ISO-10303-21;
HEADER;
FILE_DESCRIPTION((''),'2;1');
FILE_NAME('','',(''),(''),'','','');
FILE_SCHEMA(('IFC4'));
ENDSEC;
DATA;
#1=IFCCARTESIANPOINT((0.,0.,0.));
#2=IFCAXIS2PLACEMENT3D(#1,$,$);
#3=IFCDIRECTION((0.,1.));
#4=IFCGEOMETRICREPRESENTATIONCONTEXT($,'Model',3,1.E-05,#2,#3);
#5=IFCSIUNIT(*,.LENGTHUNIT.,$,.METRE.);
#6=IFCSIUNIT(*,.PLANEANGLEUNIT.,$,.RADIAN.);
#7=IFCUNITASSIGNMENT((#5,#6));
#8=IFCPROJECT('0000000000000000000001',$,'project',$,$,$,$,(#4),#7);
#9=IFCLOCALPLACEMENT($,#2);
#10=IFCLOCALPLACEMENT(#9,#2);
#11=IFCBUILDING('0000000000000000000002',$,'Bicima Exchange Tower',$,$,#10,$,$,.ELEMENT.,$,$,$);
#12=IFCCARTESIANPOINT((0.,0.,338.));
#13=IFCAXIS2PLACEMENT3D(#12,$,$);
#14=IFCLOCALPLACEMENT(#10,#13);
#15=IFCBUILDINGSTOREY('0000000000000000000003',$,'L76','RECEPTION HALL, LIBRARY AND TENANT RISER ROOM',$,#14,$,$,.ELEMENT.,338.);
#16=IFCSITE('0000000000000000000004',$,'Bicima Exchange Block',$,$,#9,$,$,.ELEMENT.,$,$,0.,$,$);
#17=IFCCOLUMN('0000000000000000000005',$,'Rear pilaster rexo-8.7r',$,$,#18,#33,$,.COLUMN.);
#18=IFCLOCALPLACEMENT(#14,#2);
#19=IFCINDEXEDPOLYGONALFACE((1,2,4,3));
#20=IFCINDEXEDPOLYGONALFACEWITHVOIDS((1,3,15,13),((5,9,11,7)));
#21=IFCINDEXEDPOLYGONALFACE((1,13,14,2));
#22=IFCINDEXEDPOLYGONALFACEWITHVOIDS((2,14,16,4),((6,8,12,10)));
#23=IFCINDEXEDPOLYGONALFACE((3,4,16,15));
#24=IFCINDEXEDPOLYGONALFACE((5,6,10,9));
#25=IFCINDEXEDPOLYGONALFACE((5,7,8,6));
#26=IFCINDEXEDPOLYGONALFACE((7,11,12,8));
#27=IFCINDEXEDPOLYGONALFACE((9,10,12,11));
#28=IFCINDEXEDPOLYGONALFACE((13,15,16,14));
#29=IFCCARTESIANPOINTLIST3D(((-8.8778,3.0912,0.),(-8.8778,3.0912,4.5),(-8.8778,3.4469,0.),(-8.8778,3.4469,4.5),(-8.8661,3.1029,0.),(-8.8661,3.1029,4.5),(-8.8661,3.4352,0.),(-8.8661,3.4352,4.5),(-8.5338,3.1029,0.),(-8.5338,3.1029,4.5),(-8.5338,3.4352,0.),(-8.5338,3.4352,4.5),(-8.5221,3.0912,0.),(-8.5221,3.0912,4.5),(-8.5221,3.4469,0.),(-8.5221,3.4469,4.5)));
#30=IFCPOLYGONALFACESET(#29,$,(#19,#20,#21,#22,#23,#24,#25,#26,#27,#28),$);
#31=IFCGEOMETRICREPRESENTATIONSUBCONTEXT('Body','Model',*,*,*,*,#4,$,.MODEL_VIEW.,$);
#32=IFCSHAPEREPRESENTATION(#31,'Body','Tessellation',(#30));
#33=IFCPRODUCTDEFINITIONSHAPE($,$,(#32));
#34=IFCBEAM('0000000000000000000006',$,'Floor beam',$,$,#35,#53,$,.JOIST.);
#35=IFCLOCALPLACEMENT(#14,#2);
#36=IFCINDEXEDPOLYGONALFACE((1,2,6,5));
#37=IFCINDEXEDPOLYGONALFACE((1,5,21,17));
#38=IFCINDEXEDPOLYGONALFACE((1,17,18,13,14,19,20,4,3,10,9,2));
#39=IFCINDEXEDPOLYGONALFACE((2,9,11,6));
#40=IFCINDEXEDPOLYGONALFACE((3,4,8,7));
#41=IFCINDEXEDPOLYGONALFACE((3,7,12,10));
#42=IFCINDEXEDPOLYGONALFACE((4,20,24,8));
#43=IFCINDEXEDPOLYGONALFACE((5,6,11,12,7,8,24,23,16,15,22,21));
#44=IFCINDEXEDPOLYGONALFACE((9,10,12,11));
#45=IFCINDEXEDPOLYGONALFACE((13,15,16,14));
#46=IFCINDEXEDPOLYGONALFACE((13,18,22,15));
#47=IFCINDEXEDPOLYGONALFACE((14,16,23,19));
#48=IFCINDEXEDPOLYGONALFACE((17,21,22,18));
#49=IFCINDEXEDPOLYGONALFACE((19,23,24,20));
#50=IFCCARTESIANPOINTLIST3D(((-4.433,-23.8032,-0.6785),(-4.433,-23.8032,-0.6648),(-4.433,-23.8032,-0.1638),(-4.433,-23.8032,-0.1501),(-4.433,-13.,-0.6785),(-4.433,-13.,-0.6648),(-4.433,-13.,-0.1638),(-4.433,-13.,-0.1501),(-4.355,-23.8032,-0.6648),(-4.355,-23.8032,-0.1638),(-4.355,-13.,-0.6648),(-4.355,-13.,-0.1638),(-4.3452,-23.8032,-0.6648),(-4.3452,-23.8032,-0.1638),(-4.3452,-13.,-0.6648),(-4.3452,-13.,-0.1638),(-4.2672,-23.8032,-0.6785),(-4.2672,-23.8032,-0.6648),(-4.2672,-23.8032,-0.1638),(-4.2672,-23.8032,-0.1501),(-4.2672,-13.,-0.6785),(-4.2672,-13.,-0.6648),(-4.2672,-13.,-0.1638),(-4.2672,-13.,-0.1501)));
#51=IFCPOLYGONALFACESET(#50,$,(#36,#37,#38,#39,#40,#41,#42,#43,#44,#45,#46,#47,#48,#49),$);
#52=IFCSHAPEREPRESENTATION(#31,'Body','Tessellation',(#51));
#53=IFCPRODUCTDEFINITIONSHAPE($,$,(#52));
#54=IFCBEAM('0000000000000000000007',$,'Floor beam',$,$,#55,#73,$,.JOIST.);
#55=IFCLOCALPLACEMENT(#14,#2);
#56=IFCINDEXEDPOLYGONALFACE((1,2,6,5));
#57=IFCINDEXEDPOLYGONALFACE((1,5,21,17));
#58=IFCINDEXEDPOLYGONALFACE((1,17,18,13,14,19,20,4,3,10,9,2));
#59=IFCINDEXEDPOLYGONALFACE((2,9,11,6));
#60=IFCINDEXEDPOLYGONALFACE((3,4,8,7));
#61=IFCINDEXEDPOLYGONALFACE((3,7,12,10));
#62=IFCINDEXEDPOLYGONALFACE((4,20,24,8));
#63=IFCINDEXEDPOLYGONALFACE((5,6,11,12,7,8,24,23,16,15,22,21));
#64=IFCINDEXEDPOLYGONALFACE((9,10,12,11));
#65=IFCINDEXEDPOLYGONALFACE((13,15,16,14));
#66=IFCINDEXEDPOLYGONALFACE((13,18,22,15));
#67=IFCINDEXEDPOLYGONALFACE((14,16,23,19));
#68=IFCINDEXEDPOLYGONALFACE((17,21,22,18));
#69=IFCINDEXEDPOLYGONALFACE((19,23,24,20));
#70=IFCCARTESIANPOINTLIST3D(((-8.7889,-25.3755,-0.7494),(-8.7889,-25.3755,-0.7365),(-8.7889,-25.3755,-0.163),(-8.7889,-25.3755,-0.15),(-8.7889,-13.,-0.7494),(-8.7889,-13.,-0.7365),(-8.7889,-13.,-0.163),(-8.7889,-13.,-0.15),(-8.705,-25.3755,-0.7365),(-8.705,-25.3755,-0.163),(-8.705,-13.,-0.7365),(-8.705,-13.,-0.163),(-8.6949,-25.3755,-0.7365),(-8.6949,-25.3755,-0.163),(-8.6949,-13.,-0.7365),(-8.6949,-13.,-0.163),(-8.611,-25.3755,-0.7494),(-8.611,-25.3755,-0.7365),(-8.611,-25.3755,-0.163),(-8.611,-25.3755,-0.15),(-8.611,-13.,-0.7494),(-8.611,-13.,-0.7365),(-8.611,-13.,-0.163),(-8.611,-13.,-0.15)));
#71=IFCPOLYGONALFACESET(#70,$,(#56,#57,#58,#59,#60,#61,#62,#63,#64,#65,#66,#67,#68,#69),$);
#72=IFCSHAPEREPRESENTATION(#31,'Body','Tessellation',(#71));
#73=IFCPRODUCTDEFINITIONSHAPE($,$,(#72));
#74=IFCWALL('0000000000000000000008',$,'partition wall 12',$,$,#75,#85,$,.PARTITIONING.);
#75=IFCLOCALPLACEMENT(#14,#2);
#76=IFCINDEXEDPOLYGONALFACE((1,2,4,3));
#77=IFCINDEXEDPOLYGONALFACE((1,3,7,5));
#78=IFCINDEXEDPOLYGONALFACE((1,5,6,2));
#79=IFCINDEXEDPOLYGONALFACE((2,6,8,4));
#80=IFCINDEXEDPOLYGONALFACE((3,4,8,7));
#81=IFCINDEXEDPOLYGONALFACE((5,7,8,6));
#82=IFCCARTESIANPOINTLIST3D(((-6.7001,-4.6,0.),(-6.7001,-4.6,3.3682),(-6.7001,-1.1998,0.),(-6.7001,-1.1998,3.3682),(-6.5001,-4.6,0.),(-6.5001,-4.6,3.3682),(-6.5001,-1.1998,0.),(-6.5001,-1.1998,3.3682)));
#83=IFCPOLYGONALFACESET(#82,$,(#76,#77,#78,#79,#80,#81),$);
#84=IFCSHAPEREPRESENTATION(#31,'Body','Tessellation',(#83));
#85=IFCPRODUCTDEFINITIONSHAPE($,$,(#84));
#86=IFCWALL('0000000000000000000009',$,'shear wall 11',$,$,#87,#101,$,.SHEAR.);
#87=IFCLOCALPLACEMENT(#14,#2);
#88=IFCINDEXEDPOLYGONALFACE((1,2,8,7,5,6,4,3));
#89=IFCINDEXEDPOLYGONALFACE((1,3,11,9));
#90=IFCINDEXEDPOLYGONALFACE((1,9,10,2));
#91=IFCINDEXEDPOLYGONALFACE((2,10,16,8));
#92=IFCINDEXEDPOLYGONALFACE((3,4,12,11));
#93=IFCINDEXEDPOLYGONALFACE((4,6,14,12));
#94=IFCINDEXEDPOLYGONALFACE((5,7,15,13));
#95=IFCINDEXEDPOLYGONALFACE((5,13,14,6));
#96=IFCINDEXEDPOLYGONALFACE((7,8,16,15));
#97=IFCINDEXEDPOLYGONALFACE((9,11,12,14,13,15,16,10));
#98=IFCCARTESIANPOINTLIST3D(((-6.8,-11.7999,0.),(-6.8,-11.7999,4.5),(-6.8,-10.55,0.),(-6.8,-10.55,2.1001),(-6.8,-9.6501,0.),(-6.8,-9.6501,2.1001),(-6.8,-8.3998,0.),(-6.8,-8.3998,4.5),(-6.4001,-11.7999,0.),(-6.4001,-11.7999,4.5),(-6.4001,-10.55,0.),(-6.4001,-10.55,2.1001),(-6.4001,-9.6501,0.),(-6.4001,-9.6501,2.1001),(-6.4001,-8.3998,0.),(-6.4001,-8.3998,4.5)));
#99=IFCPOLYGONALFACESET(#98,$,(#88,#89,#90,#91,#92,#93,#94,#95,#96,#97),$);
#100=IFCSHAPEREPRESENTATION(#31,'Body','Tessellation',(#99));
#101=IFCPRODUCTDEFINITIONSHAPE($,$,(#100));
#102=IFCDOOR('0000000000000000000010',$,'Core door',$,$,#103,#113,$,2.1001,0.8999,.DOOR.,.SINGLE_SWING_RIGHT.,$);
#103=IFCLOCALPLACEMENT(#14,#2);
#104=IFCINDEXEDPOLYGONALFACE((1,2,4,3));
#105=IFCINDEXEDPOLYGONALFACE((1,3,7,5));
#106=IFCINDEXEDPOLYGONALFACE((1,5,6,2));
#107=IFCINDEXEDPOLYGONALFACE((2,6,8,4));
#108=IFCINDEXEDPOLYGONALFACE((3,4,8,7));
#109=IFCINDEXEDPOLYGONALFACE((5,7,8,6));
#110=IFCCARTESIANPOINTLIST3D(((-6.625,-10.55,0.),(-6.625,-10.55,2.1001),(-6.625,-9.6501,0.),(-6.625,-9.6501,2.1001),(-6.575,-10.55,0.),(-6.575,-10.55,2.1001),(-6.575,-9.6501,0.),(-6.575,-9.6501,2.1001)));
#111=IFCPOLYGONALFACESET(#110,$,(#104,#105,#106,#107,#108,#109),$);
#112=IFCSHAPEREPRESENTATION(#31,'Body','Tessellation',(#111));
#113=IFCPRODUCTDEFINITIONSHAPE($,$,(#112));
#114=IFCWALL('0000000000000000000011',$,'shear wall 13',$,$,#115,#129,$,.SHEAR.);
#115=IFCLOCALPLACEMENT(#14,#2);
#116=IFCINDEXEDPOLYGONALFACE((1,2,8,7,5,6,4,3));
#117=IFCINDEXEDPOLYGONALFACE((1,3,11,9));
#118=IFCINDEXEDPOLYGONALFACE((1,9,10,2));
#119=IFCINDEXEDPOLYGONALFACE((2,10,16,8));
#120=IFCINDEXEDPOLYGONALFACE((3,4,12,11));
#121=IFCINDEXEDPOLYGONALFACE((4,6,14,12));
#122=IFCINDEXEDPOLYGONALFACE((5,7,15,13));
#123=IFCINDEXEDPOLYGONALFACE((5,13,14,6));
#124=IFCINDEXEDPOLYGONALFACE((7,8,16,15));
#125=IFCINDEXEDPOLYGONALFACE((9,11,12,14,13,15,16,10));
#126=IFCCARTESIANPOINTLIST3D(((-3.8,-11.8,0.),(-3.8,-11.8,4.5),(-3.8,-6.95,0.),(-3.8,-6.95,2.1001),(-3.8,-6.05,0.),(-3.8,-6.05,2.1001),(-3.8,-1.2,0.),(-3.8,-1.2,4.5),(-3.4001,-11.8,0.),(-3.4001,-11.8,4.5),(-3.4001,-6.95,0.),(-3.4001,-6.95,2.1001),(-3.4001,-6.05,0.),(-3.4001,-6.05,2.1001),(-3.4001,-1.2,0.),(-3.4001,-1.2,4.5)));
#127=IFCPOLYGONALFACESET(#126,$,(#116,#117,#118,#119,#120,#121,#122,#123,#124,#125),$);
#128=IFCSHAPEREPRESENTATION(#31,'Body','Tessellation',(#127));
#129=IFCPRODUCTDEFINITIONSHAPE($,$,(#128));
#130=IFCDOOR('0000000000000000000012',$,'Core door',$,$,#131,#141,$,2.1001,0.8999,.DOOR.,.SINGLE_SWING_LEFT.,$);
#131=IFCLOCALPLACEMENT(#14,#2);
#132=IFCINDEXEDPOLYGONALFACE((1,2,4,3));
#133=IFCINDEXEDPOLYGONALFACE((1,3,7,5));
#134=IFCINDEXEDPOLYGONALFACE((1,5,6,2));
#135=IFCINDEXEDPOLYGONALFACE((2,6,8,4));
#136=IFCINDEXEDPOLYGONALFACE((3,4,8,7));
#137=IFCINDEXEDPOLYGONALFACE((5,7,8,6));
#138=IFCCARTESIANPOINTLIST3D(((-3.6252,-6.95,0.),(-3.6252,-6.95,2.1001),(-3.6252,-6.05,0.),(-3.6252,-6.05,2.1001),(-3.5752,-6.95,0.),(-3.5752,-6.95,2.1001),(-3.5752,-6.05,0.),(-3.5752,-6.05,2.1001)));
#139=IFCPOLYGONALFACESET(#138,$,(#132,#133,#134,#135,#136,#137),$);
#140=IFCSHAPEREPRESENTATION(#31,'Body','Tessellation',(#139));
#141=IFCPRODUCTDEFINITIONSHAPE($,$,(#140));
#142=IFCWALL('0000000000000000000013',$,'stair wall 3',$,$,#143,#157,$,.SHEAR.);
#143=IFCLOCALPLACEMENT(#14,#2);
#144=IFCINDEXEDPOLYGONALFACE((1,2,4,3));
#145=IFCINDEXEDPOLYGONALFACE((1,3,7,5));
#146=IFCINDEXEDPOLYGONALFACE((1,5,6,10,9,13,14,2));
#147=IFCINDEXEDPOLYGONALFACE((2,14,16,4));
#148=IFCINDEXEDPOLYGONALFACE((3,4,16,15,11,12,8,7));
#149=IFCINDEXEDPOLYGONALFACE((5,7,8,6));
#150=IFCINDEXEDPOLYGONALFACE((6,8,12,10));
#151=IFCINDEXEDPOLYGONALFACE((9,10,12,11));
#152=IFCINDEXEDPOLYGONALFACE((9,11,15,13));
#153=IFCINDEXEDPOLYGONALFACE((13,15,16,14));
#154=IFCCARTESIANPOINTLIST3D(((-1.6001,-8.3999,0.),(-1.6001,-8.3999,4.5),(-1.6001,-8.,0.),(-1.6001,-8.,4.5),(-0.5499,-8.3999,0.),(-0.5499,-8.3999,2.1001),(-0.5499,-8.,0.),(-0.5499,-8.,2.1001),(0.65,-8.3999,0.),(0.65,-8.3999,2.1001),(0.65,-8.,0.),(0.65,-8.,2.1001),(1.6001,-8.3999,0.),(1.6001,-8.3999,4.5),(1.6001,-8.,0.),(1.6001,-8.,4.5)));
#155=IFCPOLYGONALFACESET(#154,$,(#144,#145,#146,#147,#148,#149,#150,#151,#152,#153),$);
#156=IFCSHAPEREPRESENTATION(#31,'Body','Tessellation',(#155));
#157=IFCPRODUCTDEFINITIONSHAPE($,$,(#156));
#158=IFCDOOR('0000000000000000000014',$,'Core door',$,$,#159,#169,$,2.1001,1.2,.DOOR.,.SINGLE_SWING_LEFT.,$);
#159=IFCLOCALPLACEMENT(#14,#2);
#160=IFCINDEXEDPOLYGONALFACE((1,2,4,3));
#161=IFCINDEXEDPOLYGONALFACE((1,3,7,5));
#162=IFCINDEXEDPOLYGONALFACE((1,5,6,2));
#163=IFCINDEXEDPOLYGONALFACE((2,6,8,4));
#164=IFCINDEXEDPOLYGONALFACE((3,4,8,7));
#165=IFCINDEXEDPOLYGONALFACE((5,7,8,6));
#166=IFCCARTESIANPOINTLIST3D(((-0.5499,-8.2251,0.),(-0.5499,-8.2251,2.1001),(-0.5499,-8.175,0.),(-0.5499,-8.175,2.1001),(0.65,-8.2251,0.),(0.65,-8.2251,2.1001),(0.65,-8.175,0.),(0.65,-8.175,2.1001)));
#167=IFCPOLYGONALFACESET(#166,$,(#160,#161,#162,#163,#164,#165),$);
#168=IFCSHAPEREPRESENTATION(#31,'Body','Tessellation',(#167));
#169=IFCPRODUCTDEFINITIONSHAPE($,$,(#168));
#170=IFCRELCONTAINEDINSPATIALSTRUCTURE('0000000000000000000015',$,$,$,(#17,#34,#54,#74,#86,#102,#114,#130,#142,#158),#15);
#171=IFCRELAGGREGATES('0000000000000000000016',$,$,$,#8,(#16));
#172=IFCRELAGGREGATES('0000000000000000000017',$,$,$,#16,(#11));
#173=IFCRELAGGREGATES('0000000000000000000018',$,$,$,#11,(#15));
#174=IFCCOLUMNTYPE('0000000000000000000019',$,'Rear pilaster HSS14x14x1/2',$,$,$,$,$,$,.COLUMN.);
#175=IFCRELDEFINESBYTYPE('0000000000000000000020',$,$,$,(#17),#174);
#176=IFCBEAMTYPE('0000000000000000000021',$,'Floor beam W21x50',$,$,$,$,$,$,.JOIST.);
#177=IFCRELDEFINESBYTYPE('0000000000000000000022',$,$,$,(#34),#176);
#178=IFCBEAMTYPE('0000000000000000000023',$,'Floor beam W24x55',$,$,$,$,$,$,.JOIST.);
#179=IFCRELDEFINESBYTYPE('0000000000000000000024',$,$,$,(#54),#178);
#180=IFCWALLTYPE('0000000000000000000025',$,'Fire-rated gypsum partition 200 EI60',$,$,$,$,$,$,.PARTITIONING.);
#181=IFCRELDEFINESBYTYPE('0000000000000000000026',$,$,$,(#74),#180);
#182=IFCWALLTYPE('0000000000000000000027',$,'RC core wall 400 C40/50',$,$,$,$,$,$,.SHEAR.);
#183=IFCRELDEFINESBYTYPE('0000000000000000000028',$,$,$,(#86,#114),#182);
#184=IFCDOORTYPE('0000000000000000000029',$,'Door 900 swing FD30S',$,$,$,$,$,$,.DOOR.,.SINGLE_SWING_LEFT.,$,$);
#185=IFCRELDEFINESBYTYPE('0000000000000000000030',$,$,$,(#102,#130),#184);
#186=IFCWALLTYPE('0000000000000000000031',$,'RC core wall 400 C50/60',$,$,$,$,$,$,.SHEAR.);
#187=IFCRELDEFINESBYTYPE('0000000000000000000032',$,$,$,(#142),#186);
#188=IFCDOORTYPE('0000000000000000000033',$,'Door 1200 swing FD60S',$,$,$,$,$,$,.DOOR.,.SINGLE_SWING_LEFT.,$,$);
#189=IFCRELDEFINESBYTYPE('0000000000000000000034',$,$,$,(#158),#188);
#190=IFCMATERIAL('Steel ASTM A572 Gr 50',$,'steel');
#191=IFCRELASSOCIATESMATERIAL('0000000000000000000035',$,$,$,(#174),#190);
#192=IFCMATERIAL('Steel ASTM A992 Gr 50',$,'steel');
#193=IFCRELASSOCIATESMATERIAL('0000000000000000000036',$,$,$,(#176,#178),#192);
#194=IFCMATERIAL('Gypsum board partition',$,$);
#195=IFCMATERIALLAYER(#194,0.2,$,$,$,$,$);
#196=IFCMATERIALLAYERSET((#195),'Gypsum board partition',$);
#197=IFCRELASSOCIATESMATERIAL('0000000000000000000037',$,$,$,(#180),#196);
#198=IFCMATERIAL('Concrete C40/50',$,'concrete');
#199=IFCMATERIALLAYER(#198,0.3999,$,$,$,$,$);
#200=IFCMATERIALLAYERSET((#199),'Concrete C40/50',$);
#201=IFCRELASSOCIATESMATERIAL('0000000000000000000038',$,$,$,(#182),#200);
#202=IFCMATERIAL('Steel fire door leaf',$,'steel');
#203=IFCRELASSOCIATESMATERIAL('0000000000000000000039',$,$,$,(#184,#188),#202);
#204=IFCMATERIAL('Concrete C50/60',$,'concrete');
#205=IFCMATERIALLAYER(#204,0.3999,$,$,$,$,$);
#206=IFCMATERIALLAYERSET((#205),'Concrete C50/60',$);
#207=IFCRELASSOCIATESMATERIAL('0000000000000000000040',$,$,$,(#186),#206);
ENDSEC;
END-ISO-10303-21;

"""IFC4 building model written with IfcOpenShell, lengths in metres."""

from ifc_helpers import new_model, si_unit, direction, frame, frame_2d, origin, origin_2d, place, context, subcontext, project, spatial, rectangle, hollow_rectangle, i_section, extrude, material, layer, layer_set, material_profile, profile_set, type_object, element, fill, save


model = new_model("IFC4")

# Units and contexts
model_context = context("Model", 3, precision=1e-05, world=origin(), true_north=direction((0.0, 1.0)))
body_context = subcontext(model_context, "Body", "Model", "MODEL_VIEW")
ifc_project = project(units=[si_unit("LENGTHUNIT", "METRE"), si_unit("PLANEANGLEUNIT", "RADIAN")], contexts=[model_context])

# Site, building, storey
site_placement = place(None, origin())
site = spatial("IfcSite", under=ifc_project, at=site_placement, Name="Bicima Exchange Block", CompositionType="ELEMENT", RefElevation=0.0)
building_placement = place(site_placement, origin())
building = spatial("IfcBuilding", under=site, at=building_placement, Name="Bicima Exchange Tower", CompositionType="ELEMENT")
storey_placement = place(building_placement, frame((0.0, 0.0, 338.0)))
storey = spatial("IfcBuildingStorey", under=building, at=storey_placement, Name="L76", Description="RECEPTION HALL, LIBRARY AND TENANT RISER ROOM", CompositionType="ELEMENT", Elevation=338.0)

# Column
ifc_material_1 = material(Name="Steel ASTM A572 Gr 50", Category="steel")
ifc_material_profile_1 = material_profile(ifc_material_1, hollow_rectangle(XDim=0.3557, YDim=0.3557, WallThickness=0.0117, at=origin_2d()))
ifc_profile_set_1 = profile_set([ifc_material_profile_1], Name="Steel ASTM A572 Gr 50")
column_type = type_object("IfcColumnType", Name="Rear pilaster HSS14x14x1/2", PredefinedType="COLUMN", material=ifc_profile_set_1)
column_placement = place(storey_placement, frame((-8.7, 3.269, 0.0), z_axis=(0.0, 0.0, 1.0), x_axis=(1.0, 0.0, 0.0)))
element("IfcColumn", 1, at=column_placement, inside=storey, type_object=column_type, Name="Rear pilaster rexo-8.7r", PredefinedType="COLUMN", context=body_context, shape_type="SweptSolid", body=[
    extrude(hollow_rectangle(XDim=0.3557, YDim=0.3557, WallThickness=0.0117, at=origin_2d()), origin(), (0.0, 0.0, 1.0), 4.5),
])

# Beams
ifc_material_2 = material(Name="Steel ASTM A992 Gr 50", Category="steel")
ifc_material_profile_2 = material_profile(ifc_material_2, i_section(OverallWidth=0.1658, OverallDepth=0.5283, WebThickness=0.0098, FlangeThickness=0.0137, at=origin_2d()))
ifc_profile_set_2 = profile_set([ifc_material_profile_2], Name="Steel ASTM A992 Gr 50")
beam_type_1 = type_object("IfcBeamType", Name="Floor beam W21x50", PredefinedType="JOIST", material=ifc_profile_set_2)
beam_1_placement = place(storey_placement, frame((-4.3501, -13.0, -0.4143), z_axis=(0.0, -1.0, 0.0), x_axis=(1.0, 0.0, 0.0)))
element("IfcBeam", 2, at=beam_1_placement, inside=storey, type_object=beam_type_1, Name="Floor beam", PredefinedType="JOIST", context=body_context, shape_type="SweptSolid", body=[
    extrude(i_section(OverallWidth=0.1658, OverallDepth=0.5283, WebThickness=0.0098, FlangeThickness=0.0137, at=origin_2d()), origin(), (0.0, 0.0, 1.0), 10.8032),
])
ifc_material_profile_3 = material_profile(ifc_material_2, i_section(OverallWidth=0.178, OverallDepth=0.5994, WebThickness=0.01, FlangeThickness=0.0129, at=origin_2d()))
ifc_profile_set_3 = profile_set([ifc_material_profile_3], Name="Steel ASTM A992 Gr 50")
beam_type_2 = type_object("IfcBeamType", Name="Floor beam W24x55", PredefinedType="JOIST", material=ifc_profile_set_3)
beam_2_placement = place(storey_placement, frame((-8.7, -13.0, -0.4497), z_axis=(0.0, -1.0, 0.0), x_axis=(1.0, 0.0, 0.0)))
element("IfcBeam", 3, at=beam_2_placement, inside=storey, type_object=beam_type_2, Name="Floor beam", PredefinedType="JOIST", context=body_context, shape_type="SweptSolid", body=[
    extrude(i_section(OverallWidth=0.178, OverallDepth=0.5994, WebThickness=0.01, FlangeThickness=0.0129, at=origin_2d()), origin(), (0.0, 0.0, 1.0), 12.3755),
])

# Wall
ifc_material_3 = material(Name="Gypsum board partition")
ifc_layer_1 = layer(ifc_material_3, 0.2)
ifc_layer_set_1 = layer_set([ifc_layer_1], Name="Gypsum board partition")
wall_type_1 = type_object("IfcWallType", Name="Fire-rated gypsum partition 200 EI60", PredefinedType="PARTITIONING", material=ifc_layer_set_1)
wall_1_placement = place(storey_placement, frame((-6.6001, -4.6001, 0.0), z_axis=(0.0, 0.0, 1.0), x_axis=(0.0, 1.0, 0.0)))
element("IfcWall", 4, at=wall_1_placement, inside=storey, type_object=wall_type_1, Name="partition wall 12", PredefinedType="PARTITIONING", context=body_context, shape_type="SweptSolid", body=[
    extrude(rectangle(XDim=3.4001, YDim=0.2, at=frame_2d((1.7002, 0.0))), origin(), (0.0, 0.0, 1.0), 3.3682),
])

# Walls, openings, doors
ifc_material_4 = material(Name="Concrete C40/50", Category="concrete")
ifc_layer_2 = layer(ifc_material_4, 0.3999)
ifc_layer_set_2 = layer_set([ifc_layer_2], Name="Concrete C40/50")
wall_type_2 = type_object("IfcWallType", Name="RC core wall 400 C40/50", PredefinedType="SHEAR", material=ifc_layer_set_2)
wall_2_placement = place(storey_placement, frame((-6.6001, -11.8, 0.0), z_axis=(0.0, 0.0, 1.0), x_axis=(0.0, 1.0, 0.0)))
wall_2 = element("IfcWall", 5, at=wall_2_placement, inside=storey, type_object=wall_type_2, Name="shear wall 11", PredefinedType="SHEAR", context=body_context, shape_type="SweptSolid", body=[
    extrude(rectangle(XDim=3.4001, YDim=0.3999, at=frame_2d((1.7002, 0.0))), origin(), (0.0, 0.0, 1.0), 4.5),
])
opening_1_placement = place(wall_2_placement, frame((1.25, 0.0, 0.0)))
opening_1 = element("IfcOpeningElement", 6, at=opening_1_placement, cuts=wall_2, PredefinedType="OPENING", context=body_context, shape_type="SweptSolid", body=[
    extrude(rectangle(XDim=0.8999, YDim=2.1001, at=frame_2d((0.45, 1.05))), frame((0.0, 0.2119, 0.0), z_axis=(0.0, -1.0, 0.0), x_axis=(1.0, 0.0, 0.0)), (0.0, 0.0, 1.0), 0.4238),
])
ifc_material_5 = material(Name="Steel fire door leaf", Category="steel")
door_type_1 = type_object("IfcDoorType", Name="Door 900 swing FD30S", OperationType="SINGLE_SWING_LEFT", PredefinedType="DOOR", material=ifc_material_5)
door_1_placement = place(opening_1_placement, origin())
door_1 = element("IfcDoor", 7, at=door_1_placement, inside=storey, type_object=door_type_1, Name="Core door", OperationType="SINGLE_SWING_RIGHT", OverallHeight=2.1001, OverallWidth=0.8999, PredefinedType="DOOR", context=body_context, shape_type="SweptSolid", body=[
    extrude(rectangle(XDim=0.8999, YDim=2.1001, at=frame_2d((0.45, 1.05))), frame((0.0, 0.0249, 0.0), z_axis=(0.0, -1.0, 0.0), x_axis=(1.0, 0.0, 0.0)), (0.0, 0.0, 1.0), 0.05),
])
fill(opening_1, door_1)
wall_3_placement = place(storey_placement, frame((-3.6001, -11.8, 0.0), z_axis=(0.0, 0.0, 1.0), x_axis=(0.0, 1.0, 0.0)))
wall_3 = element("IfcWall", 8, at=wall_3_placement, inside=storey, type_object=wall_type_2, Name="shear wall 13", PredefinedType="SHEAR", context=body_context, shape_type="SweptSolid", body=[
    extrude(rectangle(XDim=10.6001, YDim=0.3999, at=frame_2d((5.3, 0.0))), origin(), (0.0, 0.0, 1.0), 4.5),
])
opening_2_placement = place(wall_3_placement, frame((4.8501, 0.0, 0.0)))
opening_2 = element("IfcOpeningElement", 9, at=opening_2_placement, cuts=wall_3, PredefinedType="OPENING", context=body_context, shape_type="SweptSolid", body=[
    extrude(rectangle(XDim=0.8999, YDim=2.1001, at=frame_2d((0.45, 1.05))), frame((0.0, 0.2119, 0.0), z_axis=(0.0, -1.0, 0.0), x_axis=(1.0, 0.0, 0.0)), (0.0, 0.0, 1.0), 0.4238),
])
door_2_placement = place(opening_2_placement, frame((0.8999, 0.0, 0.0), z_axis=(0.0, 0.0, 1.0), x_axis=(-1.0, 0.0, 0.0)))
door_2 = element("IfcDoor", 10, at=door_2_placement, inside=storey, type_object=door_type_1, Name="Core door", OperationType="SINGLE_SWING_LEFT", OverallHeight=2.1001, OverallWidth=0.8999, PredefinedType="DOOR", context=body_context, shape_type="SweptSolid", body=[
    extrude(rectangle(XDim=0.8999, YDim=2.1001, at=frame_2d((0.45, 1.05))), frame((0.0, 0.0249, 0.0), z_axis=(0.0, -1.0, 0.0), x_axis=(1.0, 0.0, 0.0)), (0.0, 0.0, 1.0), 0.05),
])
fill(opening_2, door_2)
ifc_material_6 = material(Name="Concrete C50/60", Category="concrete")
ifc_layer_3 = layer(ifc_material_6, 0.3999)
ifc_layer_set_3 = layer_set([ifc_layer_3], Name="Concrete C50/60")
wall_type_3 = type_object("IfcWallType", Name="RC core wall 400 C50/60", PredefinedType="SHEAR", material=ifc_layer_set_3)
wall_4_placement = place(storey_placement, frame((-1.6001, -8.2, 0.0), z_axis=(0.0, 0.0, 1.0), x_axis=(1.0, 0.0, 0.0)))
wall_4 = element("IfcWall", 11, at=wall_4_placement, inside=storey, type_object=wall_type_3, Name="stair wall 3", PredefinedType="SHEAR", context=body_context, shape_type="SweptSolid", body=[
    extrude(rectangle(XDim=3.2002, YDim=0.3999, at=frame_2d((1.6001, 0.0))), origin(), (0.0, 0.0, 1.0), 4.5),
])
opening_3_placement = place(wall_4_placement, frame((1.05, 0.0, 0.0)))
opening_3 = element("IfcOpeningElement", 12, at=opening_3_placement, cuts=wall_4, PredefinedType="OPENING", context=body_context, shape_type="SweptSolid", body=[
    extrude(rectangle(XDim=1.2, YDim=2.1001, at=frame_2d((0.6001, 1.05))), frame((0.0, 0.2119, 0.0), z_axis=(0.0, -1.0, 0.0), x_axis=(1.0, 0.0, 0.0)), (0.0, 0.0, 1.0), 0.4238),
])
door_type_2 = type_object("IfcDoorType", Name="Door 1200 swing FD60S", OperationType="SINGLE_SWING_LEFT", PredefinedType="DOOR", material=ifc_material_5)
door_3_placement = place(opening_3_placement, origin())
door_3 = element("IfcDoor", 13, at=door_3_placement, inside=storey, type_object=door_type_2, Name="Core door", OperationType="SINGLE_SWING_LEFT", OverallHeight=2.1001, OverallWidth=1.2, PredefinedType="DOOR", context=body_context, shape_type="SweptSolid", body=[
    extrude(rectangle(XDim=1.2, YDim=2.1001, at=frame_2d((0.6001, 1.05))), frame((0.0, 0.0249, 0.0), z_axis=(0.0, -1.0, 0.0), x_axis=(1.0, 0.0, 0.0)), (0.0, 0.0, 1.0), 0.05),
])
fill(opening_3, door_3)

save(model, "model.ifc")
